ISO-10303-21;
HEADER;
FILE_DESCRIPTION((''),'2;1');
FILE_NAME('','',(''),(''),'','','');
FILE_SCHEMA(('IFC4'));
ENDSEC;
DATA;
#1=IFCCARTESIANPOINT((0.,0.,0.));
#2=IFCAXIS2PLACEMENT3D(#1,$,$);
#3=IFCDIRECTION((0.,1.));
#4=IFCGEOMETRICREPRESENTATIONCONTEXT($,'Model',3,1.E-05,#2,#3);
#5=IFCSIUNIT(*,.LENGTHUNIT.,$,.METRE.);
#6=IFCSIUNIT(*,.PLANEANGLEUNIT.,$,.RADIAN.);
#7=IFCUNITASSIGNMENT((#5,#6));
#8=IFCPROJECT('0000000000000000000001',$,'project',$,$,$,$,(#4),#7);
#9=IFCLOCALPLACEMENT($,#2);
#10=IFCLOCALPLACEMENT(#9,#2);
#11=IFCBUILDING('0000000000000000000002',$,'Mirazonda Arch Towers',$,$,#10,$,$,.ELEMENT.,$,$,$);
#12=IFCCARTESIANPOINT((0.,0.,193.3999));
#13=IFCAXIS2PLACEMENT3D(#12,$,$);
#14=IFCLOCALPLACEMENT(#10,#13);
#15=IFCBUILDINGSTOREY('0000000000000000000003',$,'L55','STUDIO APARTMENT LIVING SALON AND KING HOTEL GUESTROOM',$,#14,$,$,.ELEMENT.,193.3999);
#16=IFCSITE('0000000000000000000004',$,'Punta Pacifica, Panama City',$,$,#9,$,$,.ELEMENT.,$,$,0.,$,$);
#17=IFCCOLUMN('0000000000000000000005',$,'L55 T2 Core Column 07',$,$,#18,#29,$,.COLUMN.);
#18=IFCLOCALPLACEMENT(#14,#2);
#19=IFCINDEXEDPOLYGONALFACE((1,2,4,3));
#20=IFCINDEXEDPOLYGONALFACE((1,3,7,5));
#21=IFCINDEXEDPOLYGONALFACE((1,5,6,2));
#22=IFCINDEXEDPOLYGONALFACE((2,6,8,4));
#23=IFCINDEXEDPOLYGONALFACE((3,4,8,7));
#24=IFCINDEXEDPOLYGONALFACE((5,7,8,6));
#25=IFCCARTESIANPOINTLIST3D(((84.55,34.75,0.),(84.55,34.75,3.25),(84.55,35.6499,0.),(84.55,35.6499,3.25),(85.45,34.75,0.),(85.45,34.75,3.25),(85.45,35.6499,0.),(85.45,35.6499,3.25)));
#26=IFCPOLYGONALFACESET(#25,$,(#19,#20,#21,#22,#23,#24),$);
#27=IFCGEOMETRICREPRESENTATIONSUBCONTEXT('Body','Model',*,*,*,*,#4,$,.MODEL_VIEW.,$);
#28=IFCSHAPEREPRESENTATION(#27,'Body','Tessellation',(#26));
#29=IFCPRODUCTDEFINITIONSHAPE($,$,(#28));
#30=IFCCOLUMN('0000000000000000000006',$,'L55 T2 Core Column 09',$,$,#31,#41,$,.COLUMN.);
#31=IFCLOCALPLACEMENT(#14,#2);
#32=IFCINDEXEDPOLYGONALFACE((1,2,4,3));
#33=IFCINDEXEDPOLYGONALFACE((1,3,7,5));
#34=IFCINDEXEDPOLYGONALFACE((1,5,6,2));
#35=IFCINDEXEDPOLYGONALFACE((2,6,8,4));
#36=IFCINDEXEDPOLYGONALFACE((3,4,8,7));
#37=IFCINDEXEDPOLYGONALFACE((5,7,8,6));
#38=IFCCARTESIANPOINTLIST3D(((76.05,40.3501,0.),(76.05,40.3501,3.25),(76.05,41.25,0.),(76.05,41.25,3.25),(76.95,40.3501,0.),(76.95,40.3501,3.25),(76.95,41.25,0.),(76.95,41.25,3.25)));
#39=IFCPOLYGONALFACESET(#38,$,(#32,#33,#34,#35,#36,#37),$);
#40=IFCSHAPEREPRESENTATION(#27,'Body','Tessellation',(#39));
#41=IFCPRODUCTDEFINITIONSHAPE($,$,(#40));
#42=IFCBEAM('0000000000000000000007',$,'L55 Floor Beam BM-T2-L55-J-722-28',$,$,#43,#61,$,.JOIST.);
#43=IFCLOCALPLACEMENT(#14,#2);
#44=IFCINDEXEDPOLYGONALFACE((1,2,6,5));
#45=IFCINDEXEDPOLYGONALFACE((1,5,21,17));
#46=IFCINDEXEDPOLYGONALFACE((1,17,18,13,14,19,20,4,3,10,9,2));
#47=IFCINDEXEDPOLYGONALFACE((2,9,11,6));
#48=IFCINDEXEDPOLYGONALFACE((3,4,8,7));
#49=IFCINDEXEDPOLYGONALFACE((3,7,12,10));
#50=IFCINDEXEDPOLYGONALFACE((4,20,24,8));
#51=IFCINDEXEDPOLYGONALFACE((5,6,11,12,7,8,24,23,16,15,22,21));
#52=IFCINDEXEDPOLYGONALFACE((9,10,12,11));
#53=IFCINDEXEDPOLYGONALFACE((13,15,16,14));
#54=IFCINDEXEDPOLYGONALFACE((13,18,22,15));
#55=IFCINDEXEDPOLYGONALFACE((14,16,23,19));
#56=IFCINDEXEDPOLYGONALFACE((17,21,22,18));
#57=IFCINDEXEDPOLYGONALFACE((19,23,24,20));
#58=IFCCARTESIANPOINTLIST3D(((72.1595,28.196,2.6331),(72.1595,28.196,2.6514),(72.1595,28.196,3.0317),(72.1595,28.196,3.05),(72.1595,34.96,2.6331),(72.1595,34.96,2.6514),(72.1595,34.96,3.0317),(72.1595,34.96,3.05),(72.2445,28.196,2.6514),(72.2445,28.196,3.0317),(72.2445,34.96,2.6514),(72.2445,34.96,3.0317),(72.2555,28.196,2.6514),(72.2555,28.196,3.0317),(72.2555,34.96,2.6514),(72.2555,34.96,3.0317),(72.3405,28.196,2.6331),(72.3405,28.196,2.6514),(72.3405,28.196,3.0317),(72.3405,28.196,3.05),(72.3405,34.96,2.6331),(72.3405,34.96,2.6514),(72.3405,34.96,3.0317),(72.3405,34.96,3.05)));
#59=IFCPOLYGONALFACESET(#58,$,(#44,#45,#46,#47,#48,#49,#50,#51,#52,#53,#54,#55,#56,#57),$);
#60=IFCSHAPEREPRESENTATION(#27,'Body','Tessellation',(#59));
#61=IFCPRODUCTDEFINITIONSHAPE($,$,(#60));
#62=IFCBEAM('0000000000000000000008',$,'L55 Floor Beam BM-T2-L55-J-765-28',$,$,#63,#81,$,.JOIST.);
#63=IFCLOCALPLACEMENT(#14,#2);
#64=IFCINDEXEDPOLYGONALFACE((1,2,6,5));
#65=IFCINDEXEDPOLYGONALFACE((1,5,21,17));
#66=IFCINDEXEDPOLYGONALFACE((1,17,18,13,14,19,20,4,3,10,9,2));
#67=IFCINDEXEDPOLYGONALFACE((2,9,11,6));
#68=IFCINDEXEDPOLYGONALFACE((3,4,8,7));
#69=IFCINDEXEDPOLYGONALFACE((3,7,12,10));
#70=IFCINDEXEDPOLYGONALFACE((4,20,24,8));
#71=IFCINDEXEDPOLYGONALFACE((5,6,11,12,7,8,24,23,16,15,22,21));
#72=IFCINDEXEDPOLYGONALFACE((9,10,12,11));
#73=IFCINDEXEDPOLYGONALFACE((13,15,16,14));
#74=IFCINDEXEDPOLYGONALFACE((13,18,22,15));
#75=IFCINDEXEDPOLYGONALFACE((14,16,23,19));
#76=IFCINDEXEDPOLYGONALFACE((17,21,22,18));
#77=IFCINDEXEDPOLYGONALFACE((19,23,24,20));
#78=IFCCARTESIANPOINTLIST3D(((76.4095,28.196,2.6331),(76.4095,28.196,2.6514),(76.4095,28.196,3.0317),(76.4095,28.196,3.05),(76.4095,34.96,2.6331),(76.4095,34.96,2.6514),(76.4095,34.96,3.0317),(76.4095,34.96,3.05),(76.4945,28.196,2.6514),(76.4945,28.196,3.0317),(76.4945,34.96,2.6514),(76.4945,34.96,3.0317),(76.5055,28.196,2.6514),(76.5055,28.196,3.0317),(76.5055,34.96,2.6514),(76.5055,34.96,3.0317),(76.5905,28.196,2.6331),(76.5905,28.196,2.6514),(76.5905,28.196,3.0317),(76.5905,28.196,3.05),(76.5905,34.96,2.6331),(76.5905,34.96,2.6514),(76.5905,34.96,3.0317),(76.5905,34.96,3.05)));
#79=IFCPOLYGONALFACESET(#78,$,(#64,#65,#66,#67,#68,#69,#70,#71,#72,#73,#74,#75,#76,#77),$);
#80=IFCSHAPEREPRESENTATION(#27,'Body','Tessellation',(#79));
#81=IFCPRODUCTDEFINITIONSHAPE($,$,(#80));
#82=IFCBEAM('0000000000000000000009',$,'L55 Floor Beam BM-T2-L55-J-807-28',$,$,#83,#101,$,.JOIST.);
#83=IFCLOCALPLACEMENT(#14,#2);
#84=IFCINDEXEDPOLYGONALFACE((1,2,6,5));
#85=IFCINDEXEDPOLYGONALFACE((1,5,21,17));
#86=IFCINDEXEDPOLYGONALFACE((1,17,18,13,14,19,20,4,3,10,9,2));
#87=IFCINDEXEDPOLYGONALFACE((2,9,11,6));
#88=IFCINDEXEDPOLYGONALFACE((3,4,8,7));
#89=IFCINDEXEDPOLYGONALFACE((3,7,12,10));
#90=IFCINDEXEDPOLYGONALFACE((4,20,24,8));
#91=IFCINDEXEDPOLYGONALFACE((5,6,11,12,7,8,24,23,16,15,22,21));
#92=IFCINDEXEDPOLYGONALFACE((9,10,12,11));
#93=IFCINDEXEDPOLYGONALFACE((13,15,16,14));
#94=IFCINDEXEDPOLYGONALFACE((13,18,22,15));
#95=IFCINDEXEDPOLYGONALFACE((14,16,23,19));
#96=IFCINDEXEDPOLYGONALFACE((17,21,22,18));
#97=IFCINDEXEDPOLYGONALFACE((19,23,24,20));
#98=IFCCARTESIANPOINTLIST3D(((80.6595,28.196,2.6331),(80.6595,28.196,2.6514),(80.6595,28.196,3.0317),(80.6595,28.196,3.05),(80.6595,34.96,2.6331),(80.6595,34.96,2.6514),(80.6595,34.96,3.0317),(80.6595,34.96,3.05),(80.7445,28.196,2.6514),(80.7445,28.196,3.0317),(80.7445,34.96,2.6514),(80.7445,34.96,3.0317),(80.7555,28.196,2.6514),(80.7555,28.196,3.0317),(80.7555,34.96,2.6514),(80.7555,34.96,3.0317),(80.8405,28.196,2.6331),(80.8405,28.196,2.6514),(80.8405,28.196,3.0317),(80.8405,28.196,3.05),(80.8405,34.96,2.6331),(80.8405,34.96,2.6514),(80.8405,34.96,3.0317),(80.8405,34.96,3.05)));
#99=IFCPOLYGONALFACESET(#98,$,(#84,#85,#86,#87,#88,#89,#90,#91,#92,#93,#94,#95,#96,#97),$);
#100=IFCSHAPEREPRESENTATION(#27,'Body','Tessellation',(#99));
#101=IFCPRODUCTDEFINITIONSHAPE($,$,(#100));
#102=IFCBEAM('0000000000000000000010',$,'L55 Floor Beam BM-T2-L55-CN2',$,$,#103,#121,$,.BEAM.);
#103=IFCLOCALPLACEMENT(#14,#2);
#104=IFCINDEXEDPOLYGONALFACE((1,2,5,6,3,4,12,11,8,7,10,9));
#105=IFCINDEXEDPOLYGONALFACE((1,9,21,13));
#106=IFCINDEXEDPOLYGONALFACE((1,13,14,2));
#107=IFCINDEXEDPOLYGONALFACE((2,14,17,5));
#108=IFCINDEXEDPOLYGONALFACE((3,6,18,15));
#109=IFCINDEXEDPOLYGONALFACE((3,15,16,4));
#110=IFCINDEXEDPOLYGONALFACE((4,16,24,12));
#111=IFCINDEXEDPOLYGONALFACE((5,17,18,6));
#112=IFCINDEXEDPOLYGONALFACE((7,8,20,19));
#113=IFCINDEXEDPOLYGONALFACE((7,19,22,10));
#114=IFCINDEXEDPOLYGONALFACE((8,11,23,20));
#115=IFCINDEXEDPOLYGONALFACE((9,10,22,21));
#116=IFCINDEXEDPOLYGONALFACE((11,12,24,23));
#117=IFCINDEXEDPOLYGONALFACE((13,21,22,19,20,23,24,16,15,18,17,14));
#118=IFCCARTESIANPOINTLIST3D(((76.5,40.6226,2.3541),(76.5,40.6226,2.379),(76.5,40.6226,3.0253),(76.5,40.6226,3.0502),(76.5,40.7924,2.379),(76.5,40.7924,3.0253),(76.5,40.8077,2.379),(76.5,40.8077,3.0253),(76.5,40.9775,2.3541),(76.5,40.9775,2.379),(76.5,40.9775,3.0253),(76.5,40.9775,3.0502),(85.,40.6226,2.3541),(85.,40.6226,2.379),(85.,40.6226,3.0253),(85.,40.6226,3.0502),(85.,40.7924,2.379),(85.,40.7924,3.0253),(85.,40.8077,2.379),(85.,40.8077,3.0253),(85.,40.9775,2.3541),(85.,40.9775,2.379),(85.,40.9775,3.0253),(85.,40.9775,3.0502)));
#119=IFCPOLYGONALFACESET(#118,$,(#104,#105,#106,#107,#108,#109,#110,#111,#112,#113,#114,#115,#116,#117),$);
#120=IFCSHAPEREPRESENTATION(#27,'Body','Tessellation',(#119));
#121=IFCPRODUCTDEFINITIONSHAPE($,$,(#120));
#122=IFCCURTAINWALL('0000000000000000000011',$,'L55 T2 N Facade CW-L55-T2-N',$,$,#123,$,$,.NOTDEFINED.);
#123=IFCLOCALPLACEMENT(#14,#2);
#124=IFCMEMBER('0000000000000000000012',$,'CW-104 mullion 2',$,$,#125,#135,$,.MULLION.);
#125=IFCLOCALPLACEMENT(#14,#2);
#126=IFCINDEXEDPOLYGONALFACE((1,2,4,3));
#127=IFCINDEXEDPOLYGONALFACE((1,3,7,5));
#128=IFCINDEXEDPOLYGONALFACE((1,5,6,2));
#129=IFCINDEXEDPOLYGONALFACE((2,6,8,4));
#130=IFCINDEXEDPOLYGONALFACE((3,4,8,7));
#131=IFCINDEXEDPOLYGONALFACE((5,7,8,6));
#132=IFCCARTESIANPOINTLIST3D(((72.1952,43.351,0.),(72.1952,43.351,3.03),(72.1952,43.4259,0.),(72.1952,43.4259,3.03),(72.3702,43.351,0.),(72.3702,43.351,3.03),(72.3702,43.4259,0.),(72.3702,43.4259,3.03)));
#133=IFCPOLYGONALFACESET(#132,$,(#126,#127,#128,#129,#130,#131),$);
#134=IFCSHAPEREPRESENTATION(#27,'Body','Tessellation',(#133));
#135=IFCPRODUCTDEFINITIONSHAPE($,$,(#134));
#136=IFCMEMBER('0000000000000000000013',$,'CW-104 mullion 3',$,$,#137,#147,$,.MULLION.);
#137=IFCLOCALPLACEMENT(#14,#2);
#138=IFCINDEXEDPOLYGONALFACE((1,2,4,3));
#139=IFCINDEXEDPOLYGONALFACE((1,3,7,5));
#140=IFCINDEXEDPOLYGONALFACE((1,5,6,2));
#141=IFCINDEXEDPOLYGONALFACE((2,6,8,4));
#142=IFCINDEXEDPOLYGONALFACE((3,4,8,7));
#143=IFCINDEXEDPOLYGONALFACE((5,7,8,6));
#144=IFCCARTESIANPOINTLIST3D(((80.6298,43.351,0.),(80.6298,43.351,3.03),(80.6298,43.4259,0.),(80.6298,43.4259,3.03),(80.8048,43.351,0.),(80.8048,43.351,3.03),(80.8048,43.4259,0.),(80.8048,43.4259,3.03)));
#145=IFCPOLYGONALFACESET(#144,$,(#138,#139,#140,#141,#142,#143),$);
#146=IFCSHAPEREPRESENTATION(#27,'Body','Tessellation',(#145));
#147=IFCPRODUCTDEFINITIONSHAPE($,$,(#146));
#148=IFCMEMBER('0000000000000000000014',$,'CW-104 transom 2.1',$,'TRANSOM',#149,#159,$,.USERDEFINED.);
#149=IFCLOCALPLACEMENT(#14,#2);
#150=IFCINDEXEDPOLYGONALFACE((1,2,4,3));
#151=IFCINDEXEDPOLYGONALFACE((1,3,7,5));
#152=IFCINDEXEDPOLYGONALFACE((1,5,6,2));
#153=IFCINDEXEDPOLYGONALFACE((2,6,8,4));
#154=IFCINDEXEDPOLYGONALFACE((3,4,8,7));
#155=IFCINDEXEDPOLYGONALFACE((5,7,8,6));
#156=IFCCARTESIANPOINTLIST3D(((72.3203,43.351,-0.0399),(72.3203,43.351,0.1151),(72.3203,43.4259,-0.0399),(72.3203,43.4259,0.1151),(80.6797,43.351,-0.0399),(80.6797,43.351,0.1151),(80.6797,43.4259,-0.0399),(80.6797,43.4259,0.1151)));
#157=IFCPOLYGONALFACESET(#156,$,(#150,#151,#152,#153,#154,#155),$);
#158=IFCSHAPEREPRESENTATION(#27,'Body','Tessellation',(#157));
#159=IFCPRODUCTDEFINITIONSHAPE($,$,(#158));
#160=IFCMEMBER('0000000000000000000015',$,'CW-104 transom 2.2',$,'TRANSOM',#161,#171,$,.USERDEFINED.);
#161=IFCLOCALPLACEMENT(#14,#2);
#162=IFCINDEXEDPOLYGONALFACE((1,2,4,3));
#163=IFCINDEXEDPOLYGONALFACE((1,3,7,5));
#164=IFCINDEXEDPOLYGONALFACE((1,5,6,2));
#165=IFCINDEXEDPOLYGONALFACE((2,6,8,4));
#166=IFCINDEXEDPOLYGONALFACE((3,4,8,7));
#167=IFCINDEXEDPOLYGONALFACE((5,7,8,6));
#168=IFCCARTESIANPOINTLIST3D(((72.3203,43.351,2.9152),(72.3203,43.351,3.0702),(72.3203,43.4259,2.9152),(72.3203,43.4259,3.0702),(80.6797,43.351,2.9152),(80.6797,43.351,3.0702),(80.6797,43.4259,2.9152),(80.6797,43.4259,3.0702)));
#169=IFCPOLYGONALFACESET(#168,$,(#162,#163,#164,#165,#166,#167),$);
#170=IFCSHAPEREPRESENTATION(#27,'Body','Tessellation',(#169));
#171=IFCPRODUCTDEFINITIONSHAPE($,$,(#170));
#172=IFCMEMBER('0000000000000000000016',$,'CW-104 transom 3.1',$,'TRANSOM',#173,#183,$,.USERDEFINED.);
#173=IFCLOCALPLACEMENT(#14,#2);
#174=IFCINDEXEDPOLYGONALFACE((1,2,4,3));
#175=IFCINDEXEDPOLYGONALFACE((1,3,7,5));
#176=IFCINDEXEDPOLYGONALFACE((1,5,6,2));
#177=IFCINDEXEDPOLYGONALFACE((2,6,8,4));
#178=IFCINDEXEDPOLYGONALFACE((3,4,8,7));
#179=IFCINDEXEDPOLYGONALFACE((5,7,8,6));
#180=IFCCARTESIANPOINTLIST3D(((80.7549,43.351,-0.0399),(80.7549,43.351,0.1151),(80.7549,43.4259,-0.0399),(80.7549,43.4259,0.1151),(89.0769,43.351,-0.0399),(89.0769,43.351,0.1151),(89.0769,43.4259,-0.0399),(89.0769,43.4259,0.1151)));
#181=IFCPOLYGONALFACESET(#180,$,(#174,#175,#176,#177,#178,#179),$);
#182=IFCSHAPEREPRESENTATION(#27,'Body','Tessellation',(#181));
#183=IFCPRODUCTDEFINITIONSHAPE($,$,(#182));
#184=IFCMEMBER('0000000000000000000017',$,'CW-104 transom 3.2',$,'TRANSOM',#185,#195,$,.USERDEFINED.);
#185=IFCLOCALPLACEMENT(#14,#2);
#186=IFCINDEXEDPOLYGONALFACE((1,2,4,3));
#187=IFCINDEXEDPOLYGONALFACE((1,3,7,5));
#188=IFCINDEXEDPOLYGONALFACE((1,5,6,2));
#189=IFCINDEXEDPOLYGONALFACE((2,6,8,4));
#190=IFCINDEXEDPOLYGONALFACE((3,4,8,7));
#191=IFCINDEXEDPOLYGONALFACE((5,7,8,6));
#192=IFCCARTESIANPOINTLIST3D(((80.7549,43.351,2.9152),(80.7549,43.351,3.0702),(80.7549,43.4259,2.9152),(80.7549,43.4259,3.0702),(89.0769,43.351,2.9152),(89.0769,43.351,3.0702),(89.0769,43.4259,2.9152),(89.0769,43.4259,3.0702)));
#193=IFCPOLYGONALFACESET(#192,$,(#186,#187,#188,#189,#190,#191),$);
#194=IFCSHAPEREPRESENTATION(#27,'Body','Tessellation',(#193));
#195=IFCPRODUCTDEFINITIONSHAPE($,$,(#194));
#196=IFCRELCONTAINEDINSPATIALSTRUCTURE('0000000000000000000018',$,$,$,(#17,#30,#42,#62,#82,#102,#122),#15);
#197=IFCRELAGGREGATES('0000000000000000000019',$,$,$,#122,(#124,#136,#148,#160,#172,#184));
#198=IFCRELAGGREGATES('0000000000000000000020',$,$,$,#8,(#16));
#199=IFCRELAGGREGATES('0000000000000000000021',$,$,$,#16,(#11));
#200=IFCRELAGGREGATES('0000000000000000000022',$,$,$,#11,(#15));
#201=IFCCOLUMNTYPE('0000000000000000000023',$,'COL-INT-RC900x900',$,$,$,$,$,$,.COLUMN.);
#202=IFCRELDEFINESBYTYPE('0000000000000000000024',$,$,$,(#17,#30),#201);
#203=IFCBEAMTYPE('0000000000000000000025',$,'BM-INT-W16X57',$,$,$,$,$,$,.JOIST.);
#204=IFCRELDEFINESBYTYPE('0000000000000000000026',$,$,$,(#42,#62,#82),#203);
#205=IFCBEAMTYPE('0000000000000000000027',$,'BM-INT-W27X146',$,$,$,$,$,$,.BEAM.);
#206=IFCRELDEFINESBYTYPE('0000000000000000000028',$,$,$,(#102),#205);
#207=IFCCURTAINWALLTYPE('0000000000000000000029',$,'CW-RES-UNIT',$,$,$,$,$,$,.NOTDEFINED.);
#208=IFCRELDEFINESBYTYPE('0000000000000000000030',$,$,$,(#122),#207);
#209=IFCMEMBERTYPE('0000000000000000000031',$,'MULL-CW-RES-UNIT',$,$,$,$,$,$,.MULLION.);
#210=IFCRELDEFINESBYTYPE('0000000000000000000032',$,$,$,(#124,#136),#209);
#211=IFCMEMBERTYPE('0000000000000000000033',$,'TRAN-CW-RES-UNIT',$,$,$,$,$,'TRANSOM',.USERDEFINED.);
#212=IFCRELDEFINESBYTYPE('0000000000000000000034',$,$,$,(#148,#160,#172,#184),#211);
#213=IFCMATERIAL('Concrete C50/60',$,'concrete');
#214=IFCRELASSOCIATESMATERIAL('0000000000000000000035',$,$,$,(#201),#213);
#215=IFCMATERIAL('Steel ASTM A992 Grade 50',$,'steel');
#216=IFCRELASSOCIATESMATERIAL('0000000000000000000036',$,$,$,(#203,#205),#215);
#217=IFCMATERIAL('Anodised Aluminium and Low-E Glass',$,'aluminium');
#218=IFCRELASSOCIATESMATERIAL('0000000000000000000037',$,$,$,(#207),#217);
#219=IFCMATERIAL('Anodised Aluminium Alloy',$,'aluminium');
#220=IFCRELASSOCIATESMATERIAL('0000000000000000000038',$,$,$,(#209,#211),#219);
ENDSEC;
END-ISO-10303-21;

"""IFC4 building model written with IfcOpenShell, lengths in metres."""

from ifc_helpers import new_model, si_unit, direction, frame, origin, origin_2d, place, context, subcontext, project, spatial, rectangle, i_section, extrude, material, material_profile, profile_set, type_object, element, aggregate, save


model = new_model("IFC4")

# Units and contexts
model_context = context("Model", 3, precision=1e-05, world=origin(), true_north=direction((0.0, 1.0)))
body_context = subcontext(model_context, "Body", "Model", "MODEL_VIEW")
ifc_project = project(units=[si_unit("LENGTHUNIT", "METRE"), si_unit("PLANEANGLEUNIT", "RADIAN")], contexts=[model_context])

# Site, building, storey
site_placement = place(None, origin())
site = spatial("IfcSite", under=ifc_project, at=site_placement, Name="Punta Pacifica, Panama City", CompositionType="ELEMENT", RefElevation=0.0)
building_placement = place(site_placement, origin())
building = spatial("IfcBuilding", under=site, at=building_placement, Name="Mirazonda Arch Towers", CompositionType="ELEMENT")
storey_placement = place(building_placement, frame((0.0, 0.0, 193.3999)))
storey = spatial("IfcBuildingStorey", under=building, at=storey_placement, Name="L55", Description="STUDIO APARTMENT LIVING SALON AND KING HOTEL GUESTROOM", CompositionType="ELEMENT", Elevation=193.3999)

# Columns
ifc_material_1 = material(Name="Concrete C50/60", Category="concrete")
ifc_material_profile_1 = material_profile(ifc_material_1, rectangle(XDim=0.8999, YDim=0.8999, at=origin_2d()), Name="RC900x900")
ifc_profile_set_1 = profile_set([ifc_material_profile_1], Name="Concrete C50/60")
column_type = type_object("IfcColumnType", Name="COL-INT-RC900x900", PredefinedType="COLUMN", material=ifc_profile_set_1)
for number, where, z_axis, x_axis, name in (
    (1, (85.0, 35.2, 0.0), (0.0, 0.0, 1.0), (1.0, 0.0, 0.0), "L55 T2 Core Column 07"),
    (2, (76.5, 40.8, 0.0), (0.0, 0.0, 1.0), (1.0, 0.0, 0.0), "L55 T2 Core Column 09"),
):
    element("IfcColumn", number, at=place(storey_placement, frame(where, z_axis=z_axis, x_axis=x_axis)), inside=storey, type_object=column_type, Name=name, PredefinedType="COLUMN", context=body_context, shape_type="SweptSolid", body=[
        extrude(rectangle(XDim=0.8999, YDim=0.8999, at=origin_2d()), origin(), (0.0, 0.0, 1.0), 3.25),
    ])

# Beams
ifc_material_2 = material(Name="Steel ASTM A992 Grade 50", Category="steel")
ifc_material_profile_2 = material_profile(ifc_material_2, i_section(OverallWidth=0.1809, OverallDepth=0.417, WebThickness=0.011, FlangeThickness=0.0183, at=origin_2d()), Name="W16X57")
ifc_profile_set_2 = profile_set([ifc_material_profile_2], Name="Steel ASTM A992 Grade 50")
beam_type_1 = type_object("IfcBeamType", Name="BM-INT-W16X57", PredefinedType="JOIST", material=ifc_profile_set_2)
for number, where, z_axis, x_axis, name in (
    (3, (72.25, 28.196, 2.8416), (0.0, 1.0, 0.0), (-1.0, 0.0, 0.0), "L55 Floor Beam BM-T2-L55-J-722-28"),
    (4, (76.5, 28.196, 2.8416), (0.0, 1.0, 0.0), (-1.0, 0.0, 0.0), "L55 Floor Beam BM-T2-L55-J-765-28"),
    (5, (80.75, 28.196, 2.8416), (0.0, 1.0, 0.0), (-1.0, 0.0, 0.0), "L55 Floor Beam BM-T2-L55-J-807-28"),
):
    element("IfcBeam", number, at=place(storey_placement, frame(where, z_axis=z_axis, x_axis=x_axis)), inside=storey, type_object=beam_type_1, Name=name, PredefinedType="JOIST", context=body_context, shape_type="SweptSolid", body=[
        extrude(i_section(OverallWidth=0.1809, OverallDepth=0.417, WebThickness=0.011, FlangeThickness=0.0183, at=origin_2d()), origin(), (0.0, 0.0, 1.0), 6.7639),
    ])
ifc_material_profile_3 = material_profile(ifc_material_2, i_section(OverallWidth=0.355, OverallDepth=0.696, WebThickness=0.0154, FlangeThickness=0.0249, at=origin_2d()), Name="W27X146")
ifc_profile_set_3 = profile_set([ifc_material_profile_3], Name="Steel ASTM A992 Grade 50")
beam_type_2 = type_object("IfcBeamType", Name="BM-INT-W27X146", PredefinedType="BEAM", material=ifc_profile_set_3)
beam_placement = place(storey_placement, frame((76.5, 40.8, 2.7021), z_axis=(1.0, 0.0, 0.0), x_axis=(0.0, 1.0, 0.0)))
element("IfcBeam", 6, at=beam_placement, inside=storey, type_object=beam_type_2, Name="L55 Floor Beam BM-T2-L55-CN2", PredefinedType="BEAM", context=body_context, shape_type="SweptSolid", body=[
    extrude(i_section(OverallWidth=0.355, OverallDepth=0.696, WebThickness=0.0154, FlangeThickness=0.0249, at=origin_2d()), origin(), (0.0, 0.0, 1.0), 8.5),
])

# Curtain wall, members
ifc_material_3 = material(Name="Anodised Aluminium and Low-E Glass", Category="aluminium")
curtain_wall_type = type_object("IfcCurtainWallType", Name="CW-RES-UNIT", PredefinedType="NOTDEFINED", material=ifc_material_3)
curtain_wall_placement = place(storey_placement, origin())
curtain_wall = element("IfcCurtainWall", 7, at=curtain_wall_placement, inside=storey, type_object=curtain_wall_type, Name="L55 T2 N Facade CW-L55-T2-N", PredefinedType="NOTDEFINED")
ifc_material_4 = material(Name="Anodised Aluminium Alloy", Category="aluminium")
ifc_material_profile_4 = material_profile(ifc_material_4, rectangle(XDim=0.075, YDim=0.175, at=origin_2d()), Name="ALU-MULL-75x175")
ifc_profile_set_4 = profile_set([ifc_material_profile_4], Name="Anodised Aluminium Alloy")
member_type_1 = type_object("IfcMemberType", Name="MULL-CW-RES-UNIT", PredefinedType="MULLION", material=ifc_profile_set_4)
member_1_placement = place(storey_placement, frame((72.2827, 43.3884, 0.0), z_axis=(0.0, 0.0, 1.0), x_axis=(0.0, 1.0, 0.0)))
member_1 = element("IfcMember", 8, at=member_1_placement, type_object=member_type_1, Name="CW-104 mullion 2", PredefinedType="MULLION", context=body_context, shape_type="SweptSolid", body=[
    extrude(rectangle(XDim=0.075, YDim=0.175, at=origin_2d()), origin(), (0.0, 0.0, 1.0), 3.03),
])
member_2_placement = place(storey_placement, frame((80.7173, 43.3884, 0.0), z_axis=(0.0, 0.0, 1.0), x_axis=(0.0, 1.0, 0.0)))
member_2 = element("IfcMember", 9, at=member_2_placement, type_object=member_type_1, Name="CW-104 mullion 3", PredefinedType="MULLION", context=body_context, shape_type="SweptSolid", body=[
    extrude(rectangle(XDim=0.075, YDim=0.175, at=origin_2d()), origin(), (0.0, 0.0, 1.0), 3.03),
])
ifc_material_profile_5 = material_profile(ifc_material_4, rectangle(XDim=0.075, YDim=0.155, at=origin_2d()), Name="ALU-TRAN-75x155")
ifc_profile_set_5 = profile_set([ifc_material_profile_5], Name="Anodised Aluminium Alloy")
member_type_2 = type_object("IfcMemberType", Name="TRAN-CW-RES-UNIT", ElementType="TRANSOM", PredefinedType="USERDEFINED", material=ifc_profile_set_5)
member_3_placement = place(storey_placement, frame((72.3203, 43.3884, 0.0376), z_axis=(1.0, 0.0, 0.0), x_axis=(0.0, 1.0, 0.0)))
member_3 = element("IfcMember", 10, at=member_3_placement, type_object=member_type_2, Name="CW-104 transom 2.1", ObjectType="TRANSOM", PredefinedType="USERDEFINED", context=body_context, shape_type="SweptSolid", body=[
    extrude(rectangle(XDim=0.075, YDim=0.155, at=origin_2d()), origin(), (0.0, 0.0, 1.0), 8.3594),
])
member_4_placement = place(storey_placement, frame((72.3203, 43.3884, 2.9927), z_axis=(1.0, 0.0, 0.0), x_axis=(0.0, 1.0, 0.0)))
member_4 = element("IfcMember", 11, at=member_4_placement, type_object=member_type_2, Name="CW-104 transom 2.2", ObjectType="TRANSOM", PredefinedType="USERDEFINED", context=body_context, shape_type="SweptSolid", body=[
    extrude(rectangle(XDim=0.075, YDim=0.155, at=origin_2d()), origin(), (0.0, 0.0, 1.0), 8.3594),
])
member_5_placement = place(storey_placement, frame((80.7549, 43.3884, 0.0376), z_axis=(1.0, 0.0, 0.0), x_axis=(0.0, 1.0, 0.0)))
member_5 = element("IfcMember", 12, at=member_5_placement, type_object=member_type_2, Name="CW-104 transom 3.1", ObjectType="TRANSOM", PredefinedType="USERDEFINED", context=body_context, shape_type="SweptSolid", body=[
    extrude(rectangle(XDim=0.075, YDim=0.155, at=origin_2d()), origin(), (0.0, 0.0, 1.0), 8.322),
])
member_6_placement = place(storey_placement, frame((80.7549, 43.3884, 2.9927), z_axis=(1.0, 0.0, 0.0), x_axis=(0.0, 1.0, 0.0)))
member_6 = element("IfcMember", 13, at=member_6_placement, type_object=member_type_2, Name="CW-104 transom 3.2", ObjectType="TRANSOM", PredefinedType="USERDEFINED", context=body_context, shape_type="SweptSolid", body=[
    extrude(rectangle(XDim=0.075, YDim=0.155, at=origin_2d()), origin(), (0.0, 0.0, 1.0), 8.322),
])
aggregate(curtain_wall, [member_1, member_2, member_3, member_4, member_5, member_6])

save(model, "model.ifc")
